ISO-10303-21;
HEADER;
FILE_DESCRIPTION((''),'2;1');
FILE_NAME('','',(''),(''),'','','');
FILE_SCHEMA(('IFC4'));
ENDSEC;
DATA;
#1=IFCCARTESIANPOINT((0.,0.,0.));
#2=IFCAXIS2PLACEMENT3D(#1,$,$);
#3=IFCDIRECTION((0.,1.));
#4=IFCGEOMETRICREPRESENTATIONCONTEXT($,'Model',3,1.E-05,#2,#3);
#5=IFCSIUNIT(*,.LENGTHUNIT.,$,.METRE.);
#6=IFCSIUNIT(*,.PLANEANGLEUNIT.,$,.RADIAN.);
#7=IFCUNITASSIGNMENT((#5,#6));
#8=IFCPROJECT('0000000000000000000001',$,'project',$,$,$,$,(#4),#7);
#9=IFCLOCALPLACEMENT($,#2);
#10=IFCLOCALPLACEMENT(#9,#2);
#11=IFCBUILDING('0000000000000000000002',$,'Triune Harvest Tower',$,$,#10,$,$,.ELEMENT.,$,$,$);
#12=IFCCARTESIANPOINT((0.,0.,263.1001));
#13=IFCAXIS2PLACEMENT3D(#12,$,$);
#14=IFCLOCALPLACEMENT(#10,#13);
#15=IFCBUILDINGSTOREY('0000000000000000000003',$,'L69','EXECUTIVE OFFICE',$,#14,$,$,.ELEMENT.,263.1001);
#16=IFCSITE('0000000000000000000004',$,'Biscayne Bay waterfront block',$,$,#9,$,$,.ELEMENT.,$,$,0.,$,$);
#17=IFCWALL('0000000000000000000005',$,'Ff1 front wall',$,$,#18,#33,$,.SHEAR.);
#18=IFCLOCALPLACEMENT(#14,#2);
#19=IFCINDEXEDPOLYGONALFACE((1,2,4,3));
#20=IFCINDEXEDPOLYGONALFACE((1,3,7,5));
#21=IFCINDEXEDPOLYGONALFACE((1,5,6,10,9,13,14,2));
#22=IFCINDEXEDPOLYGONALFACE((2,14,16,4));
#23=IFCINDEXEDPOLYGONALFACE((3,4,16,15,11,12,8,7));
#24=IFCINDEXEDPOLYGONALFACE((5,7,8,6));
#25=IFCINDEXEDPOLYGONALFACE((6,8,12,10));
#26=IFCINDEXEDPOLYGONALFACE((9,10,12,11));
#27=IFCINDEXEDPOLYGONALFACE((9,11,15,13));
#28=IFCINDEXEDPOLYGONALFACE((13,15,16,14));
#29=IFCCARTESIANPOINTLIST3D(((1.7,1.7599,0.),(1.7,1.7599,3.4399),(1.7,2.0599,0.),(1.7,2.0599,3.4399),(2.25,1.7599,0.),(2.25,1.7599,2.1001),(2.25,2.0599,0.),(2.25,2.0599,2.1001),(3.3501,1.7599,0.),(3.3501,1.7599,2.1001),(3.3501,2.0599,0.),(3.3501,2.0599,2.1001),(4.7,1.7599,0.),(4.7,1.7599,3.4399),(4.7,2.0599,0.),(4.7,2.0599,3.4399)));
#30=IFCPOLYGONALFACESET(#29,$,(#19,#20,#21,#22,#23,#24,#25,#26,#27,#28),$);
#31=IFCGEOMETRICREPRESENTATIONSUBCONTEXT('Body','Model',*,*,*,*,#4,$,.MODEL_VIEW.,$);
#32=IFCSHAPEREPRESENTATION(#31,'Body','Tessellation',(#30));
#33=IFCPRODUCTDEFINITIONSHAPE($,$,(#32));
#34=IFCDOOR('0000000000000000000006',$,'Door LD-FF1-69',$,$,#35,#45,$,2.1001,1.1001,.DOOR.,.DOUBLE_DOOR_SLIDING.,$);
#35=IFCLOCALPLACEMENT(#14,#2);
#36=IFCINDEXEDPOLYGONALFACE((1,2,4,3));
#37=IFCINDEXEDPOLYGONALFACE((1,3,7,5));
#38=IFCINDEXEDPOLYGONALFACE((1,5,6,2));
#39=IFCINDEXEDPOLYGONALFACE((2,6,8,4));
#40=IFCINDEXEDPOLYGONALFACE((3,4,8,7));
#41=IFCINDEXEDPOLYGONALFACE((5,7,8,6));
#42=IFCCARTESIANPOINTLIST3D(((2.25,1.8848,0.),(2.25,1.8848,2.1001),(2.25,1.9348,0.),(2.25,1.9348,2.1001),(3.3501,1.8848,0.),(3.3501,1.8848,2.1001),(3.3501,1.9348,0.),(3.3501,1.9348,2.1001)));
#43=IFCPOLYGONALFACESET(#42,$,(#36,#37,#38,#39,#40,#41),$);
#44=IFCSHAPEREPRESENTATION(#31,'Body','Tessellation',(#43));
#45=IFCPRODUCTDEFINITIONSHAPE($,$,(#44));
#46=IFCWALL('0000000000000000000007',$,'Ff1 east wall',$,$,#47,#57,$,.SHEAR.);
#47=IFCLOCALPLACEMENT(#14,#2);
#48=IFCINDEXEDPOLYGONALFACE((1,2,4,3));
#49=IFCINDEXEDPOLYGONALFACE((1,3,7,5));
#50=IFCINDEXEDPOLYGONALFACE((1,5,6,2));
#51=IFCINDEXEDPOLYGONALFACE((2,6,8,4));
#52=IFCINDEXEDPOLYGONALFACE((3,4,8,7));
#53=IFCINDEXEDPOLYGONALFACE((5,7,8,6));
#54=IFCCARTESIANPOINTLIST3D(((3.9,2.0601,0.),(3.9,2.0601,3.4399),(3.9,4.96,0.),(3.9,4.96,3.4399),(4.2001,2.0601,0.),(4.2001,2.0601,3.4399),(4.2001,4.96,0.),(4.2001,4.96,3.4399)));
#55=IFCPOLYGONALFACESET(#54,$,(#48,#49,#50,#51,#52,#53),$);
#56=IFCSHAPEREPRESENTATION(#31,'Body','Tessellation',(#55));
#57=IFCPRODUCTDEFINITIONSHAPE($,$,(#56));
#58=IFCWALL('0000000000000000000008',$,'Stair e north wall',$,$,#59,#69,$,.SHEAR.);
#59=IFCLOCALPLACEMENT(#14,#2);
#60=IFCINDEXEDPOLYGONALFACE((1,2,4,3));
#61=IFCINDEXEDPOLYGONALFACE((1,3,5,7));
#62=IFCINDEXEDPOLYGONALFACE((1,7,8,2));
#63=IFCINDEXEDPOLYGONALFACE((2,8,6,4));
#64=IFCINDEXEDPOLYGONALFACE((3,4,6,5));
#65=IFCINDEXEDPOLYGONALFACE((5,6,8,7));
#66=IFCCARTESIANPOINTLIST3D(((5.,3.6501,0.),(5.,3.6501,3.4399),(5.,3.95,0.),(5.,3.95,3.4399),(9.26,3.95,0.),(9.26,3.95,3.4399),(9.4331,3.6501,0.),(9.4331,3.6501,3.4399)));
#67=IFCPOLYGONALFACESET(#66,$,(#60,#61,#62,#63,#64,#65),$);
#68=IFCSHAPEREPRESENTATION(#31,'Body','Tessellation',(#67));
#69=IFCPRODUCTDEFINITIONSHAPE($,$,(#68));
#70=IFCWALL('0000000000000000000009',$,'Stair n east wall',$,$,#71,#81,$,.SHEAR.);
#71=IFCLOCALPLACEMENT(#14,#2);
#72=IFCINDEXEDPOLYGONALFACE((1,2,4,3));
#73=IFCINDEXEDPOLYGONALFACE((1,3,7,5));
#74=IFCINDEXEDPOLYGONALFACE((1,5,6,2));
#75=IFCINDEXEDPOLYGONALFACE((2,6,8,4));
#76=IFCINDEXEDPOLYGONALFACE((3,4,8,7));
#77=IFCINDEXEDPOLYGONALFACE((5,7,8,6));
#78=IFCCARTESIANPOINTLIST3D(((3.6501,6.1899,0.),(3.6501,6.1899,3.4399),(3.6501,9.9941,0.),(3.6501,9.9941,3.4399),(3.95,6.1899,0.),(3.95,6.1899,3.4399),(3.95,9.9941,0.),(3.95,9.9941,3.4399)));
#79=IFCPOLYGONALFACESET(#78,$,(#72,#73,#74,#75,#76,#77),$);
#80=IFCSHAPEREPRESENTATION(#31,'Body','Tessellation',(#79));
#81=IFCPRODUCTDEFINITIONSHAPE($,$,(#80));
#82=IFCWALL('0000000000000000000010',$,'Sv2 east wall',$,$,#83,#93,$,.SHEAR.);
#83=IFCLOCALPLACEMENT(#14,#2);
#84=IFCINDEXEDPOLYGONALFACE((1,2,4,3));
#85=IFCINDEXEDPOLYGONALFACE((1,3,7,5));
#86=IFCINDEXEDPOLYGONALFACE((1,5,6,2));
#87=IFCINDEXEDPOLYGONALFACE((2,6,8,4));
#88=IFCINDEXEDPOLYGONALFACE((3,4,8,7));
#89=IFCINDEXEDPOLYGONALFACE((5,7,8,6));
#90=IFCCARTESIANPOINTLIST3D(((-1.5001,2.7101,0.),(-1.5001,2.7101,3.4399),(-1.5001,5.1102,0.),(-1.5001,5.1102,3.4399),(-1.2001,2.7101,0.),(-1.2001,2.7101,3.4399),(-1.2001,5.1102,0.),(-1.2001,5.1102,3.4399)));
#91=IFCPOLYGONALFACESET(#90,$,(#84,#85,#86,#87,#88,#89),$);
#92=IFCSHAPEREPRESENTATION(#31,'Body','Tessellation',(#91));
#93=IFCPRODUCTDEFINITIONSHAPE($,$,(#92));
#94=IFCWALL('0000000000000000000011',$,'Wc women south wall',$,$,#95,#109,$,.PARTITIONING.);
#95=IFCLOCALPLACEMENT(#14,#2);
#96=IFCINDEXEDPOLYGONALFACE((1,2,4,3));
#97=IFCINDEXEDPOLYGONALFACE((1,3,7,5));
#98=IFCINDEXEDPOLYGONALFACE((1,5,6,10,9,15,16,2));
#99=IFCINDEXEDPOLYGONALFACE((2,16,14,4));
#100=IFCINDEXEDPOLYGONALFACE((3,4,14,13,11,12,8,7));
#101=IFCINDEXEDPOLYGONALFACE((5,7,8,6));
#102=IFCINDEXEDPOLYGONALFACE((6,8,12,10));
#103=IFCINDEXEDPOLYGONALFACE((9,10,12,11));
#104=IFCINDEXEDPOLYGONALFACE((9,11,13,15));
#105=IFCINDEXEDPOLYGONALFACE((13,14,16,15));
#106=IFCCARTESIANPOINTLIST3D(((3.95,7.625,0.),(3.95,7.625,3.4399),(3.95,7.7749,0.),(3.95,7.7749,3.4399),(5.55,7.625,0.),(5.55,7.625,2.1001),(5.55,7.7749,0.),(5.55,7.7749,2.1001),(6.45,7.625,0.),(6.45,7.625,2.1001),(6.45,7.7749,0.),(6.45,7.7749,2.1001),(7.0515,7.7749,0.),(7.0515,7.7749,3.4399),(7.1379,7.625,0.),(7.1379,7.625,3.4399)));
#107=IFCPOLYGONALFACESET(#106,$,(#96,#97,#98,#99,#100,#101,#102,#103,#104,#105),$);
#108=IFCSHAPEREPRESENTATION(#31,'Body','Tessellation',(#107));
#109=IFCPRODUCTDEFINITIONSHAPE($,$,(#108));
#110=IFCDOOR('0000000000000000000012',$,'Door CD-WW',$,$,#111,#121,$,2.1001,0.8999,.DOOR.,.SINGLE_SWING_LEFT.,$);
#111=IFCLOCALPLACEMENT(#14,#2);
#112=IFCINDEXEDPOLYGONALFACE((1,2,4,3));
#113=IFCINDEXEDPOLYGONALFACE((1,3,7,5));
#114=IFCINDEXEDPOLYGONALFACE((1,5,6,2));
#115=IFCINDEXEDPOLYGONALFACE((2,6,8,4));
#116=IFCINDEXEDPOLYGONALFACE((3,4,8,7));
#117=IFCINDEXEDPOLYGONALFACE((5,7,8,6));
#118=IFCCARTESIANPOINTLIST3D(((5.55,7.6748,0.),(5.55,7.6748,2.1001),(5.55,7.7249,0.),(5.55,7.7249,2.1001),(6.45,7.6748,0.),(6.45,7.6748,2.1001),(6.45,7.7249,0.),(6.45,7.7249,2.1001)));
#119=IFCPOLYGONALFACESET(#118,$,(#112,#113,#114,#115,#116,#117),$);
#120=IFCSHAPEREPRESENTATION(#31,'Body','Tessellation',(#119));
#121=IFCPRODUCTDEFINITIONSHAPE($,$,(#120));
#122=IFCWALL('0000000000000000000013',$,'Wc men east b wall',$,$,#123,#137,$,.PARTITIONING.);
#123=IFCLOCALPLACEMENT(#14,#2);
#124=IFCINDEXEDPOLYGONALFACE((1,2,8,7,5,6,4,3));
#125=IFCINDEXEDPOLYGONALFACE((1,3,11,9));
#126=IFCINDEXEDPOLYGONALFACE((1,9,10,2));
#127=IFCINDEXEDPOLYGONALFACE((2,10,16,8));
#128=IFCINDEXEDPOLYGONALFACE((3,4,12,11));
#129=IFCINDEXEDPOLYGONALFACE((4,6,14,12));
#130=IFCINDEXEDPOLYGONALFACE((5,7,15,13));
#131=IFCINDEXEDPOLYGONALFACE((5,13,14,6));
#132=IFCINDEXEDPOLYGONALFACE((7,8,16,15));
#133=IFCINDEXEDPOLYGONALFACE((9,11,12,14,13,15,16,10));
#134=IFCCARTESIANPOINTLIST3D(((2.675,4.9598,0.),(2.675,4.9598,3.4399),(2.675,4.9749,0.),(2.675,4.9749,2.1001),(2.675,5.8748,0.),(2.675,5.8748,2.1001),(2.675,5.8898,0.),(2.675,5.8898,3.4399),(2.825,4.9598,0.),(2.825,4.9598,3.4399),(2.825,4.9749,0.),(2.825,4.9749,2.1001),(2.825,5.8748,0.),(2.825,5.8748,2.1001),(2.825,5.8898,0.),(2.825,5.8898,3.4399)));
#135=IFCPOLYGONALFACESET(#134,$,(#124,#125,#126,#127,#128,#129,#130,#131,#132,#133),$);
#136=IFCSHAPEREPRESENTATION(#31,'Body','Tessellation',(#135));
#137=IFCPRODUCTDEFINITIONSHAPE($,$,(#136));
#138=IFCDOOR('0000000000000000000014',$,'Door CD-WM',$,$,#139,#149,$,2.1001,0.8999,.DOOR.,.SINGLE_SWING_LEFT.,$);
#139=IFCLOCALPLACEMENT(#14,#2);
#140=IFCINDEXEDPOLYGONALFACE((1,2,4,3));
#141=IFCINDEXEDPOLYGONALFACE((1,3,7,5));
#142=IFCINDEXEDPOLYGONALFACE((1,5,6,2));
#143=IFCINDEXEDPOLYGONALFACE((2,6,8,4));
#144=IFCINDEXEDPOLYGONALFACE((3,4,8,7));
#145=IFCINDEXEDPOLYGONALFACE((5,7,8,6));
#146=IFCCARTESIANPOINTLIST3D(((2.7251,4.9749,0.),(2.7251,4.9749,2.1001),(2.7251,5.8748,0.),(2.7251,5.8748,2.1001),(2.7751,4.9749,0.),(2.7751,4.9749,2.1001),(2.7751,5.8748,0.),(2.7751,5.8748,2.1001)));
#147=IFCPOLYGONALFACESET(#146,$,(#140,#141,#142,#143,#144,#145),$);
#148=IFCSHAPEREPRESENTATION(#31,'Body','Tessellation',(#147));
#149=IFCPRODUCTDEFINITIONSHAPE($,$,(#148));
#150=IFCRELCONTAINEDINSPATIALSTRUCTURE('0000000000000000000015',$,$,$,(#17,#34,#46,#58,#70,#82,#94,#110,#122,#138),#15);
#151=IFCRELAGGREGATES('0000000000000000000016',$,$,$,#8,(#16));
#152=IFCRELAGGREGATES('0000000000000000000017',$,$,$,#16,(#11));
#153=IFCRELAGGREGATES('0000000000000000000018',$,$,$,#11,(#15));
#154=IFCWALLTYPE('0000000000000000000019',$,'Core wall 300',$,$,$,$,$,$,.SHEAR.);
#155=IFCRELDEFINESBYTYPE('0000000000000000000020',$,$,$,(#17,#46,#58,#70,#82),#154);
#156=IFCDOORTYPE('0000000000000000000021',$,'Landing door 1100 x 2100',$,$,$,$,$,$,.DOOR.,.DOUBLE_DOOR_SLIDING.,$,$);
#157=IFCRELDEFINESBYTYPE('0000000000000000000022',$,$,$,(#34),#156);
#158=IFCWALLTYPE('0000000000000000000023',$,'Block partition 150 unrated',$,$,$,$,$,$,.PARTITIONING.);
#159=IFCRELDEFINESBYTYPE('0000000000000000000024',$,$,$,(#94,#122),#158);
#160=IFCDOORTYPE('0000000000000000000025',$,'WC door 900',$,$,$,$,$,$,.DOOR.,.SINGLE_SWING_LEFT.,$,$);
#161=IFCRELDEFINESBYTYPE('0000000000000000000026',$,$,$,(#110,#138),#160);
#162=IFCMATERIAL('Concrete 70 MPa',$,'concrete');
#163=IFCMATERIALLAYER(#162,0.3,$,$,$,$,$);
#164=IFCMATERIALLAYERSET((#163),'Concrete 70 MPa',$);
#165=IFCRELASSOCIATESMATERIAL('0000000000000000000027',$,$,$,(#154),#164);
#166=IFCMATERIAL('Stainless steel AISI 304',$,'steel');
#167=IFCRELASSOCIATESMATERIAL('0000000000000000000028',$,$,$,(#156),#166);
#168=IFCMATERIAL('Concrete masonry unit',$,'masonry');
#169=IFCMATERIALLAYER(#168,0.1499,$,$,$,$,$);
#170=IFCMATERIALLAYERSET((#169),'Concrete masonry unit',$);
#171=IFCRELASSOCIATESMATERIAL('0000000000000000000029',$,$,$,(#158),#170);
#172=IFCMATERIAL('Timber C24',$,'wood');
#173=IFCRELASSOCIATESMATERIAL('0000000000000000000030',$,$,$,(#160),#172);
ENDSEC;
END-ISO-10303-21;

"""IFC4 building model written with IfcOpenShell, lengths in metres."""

from ifc_helpers import new_model, si_unit, direction, frame, frame_2d, origin, place, context, subcontext, project, spatial, polyline, rectangle, outline, extrude, source, transform, mapped, material, layer, layer_set, type_object, element, fill, save


model = new_model("IFC4")

# Units and contexts
model_context = context("Model", 3, precision=1e-05, world=origin(), true_north=direction((0.0, 1.0)))
body_context = subcontext(model_context, "Body", "Model", "MODEL_VIEW")
ifc_project = project(units=[si_unit("LENGTHUNIT", "METRE"), si_unit("PLANEANGLEUNIT", "RADIAN")], contexts=[model_context])

# Site, building, storey
site_placement = place(None, origin())
site = spatial("IfcSite", under=ifc_project, at=site_placement, Name="Biscayne Bay waterfront block", CompositionType="ELEMENT", RefElevation=0.0)
building_placement = place(site_placement, origin())
building = spatial("IfcBuilding", under=site, at=building_placement, Name="Triune Harvest Tower", CompositionType="ELEMENT")
storey_placement = place(building_placement, frame((0.0, 0.0, 263.1001)))
storey = spatial("IfcBuildingStorey", under=building, at=storey_placement, Name="L69", Description="EXECUTIVE OFFICE", CompositionType="ELEMENT", Elevation=263.1001)

# Shared definitions
ifc_material_1 = material(Name="Concrete 70 MPa", Category="concrete")
ifc_layer_1 = layer(ifc_material_1, 0.3)
ifc_layer_set_1 = layer_set([ifc_layer_1], Name="Concrete 70 MPa")
wall_type_1 = type_object("IfcWallType", Name="Core wall 300", PredefinedType="SHEAR", material=ifc_layer_set_1)

# Wall, opening, door
shared_shape_1 = source(origin(), body_context, "Body", "SweptSolid", [
    extrude(rectangle(XDim=3.0, YDim=0.3, at=frame_2d((1.5, 0.0))), origin(), (0.0, 0.0, 1.0), 3.4399),
])
wall_1_placement = place(storey_placement, frame((1.7, 1.9099, 0.0), z_axis=(0.0, 0.0, 1.0), x_axis=(1.0, 0.0, 0.0)))
wall_1 = element("IfcWall", 1, at=wall_1_placement, inside=storey, type_object=wall_type_1, Name="Ff1 front wall", PredefinedType="SHEAR", context=body_context, shape_type="MappedRepresentation", body=[
    mapped(shared_shape_1, transform((0.0, 0.0, 0.0), scale=1.0)),
])
opening_1_placement = place(wall_1_placement, frame((0.55, 0.0, 0.0)))
opening_1 = element("IfcOpeningElement", 2, at=opening_1_placement, cuts=wall_1, PredefinedType="OPENING", context=body_context, shape_type="SweptSolid", body=[
    extrude(rectangle(XDim=1.1001, YDim=2.1001, at=frame_2d((0.55, 1.05))), frame((0.0, 0.1602, 0.0), z_axis=(0.0, -1.0, 0.0), x_axis=(1.0, 0.0, 0.0)), (0.0, 0.0, 1.0), 0.3201),
])
ifc_material_2 = material(Name="Stainless steel AISI 304", Category="steel")
door_type_1 = type_object("IfcDoorType", Name="Landing door 1100 x 2100", OperationType="DOUBLE_DOOR_SLIDING", PredefinedType="DOOR", material=ifc_material_2)
door_1_placement = place(opening_1_placement, origin())
door_1 = element("IfcDoor", 3, at=door_1_placement, inside=storey, type_object=door_type_1, Name="Door LD-FF1-69", OperationType="DOUBLE_DOOR_SLIDING", OverallHeight=2.1001, OverallWidth=1.1001, PredefinedType="DOOR", context=body_context, shape_type="SweptSolid", body=[
    extrude(rectangle(XDim=1.1001, YDim=2.1001, at=frame_2d((0.55, 1.05))), frame((0.0, 0.0249, 0.0), z_axis=(0.0, -1.0, 0.0), x_axis=(1.0, 0.0, 0.0)), (0.0, 0.0, 1.0), 0.05),
])
fill(opening_1, door_1)

# Walls
shared_shape_2 = source(origin(), body_context, "Body", "SweptSolid", [
    extrude(rectangle(XDim=2.8999, YDim=0.3, at=frame_2d((1.45, 0.0))), origin(), (0.0, 0.0, 1.0), 3.4399),
])
wall_2_placement = place(storey_placement, frame((4.05, 2.0601, 0.0), z_axis=(0.0, 0.0, 1.0), x_axis=(0.0, 1.0, 0.0)))
element("IfcWall", 4, at=wall_2_placement, inside=storey, type_object=wall_type_1, Name="Ff1 east wall", PredefinedType="SHEAR", context=body_context, shape_type="MappedRepresentation", body=[
    mapped(shared_shape_2, transform((0.0, 0.0, 0.0), scale=1.0)),
])
shared_shape_3 = source(origin(), body_context, "Body", "SweptSolid", [
    extrude(outline(polyline([(0.0, -0.1499), (0.0, 0.1499), (4.26, 0.1499), (4.4331, -0.1499), (0.0, -0.1499)])), origin(), (0.0, 0.0, 1.0), 3.4399),
])
wall_3_placement = place(storey_placement, frame((5.0, 3.8, 0.0), z_axis=(0.0, 0.0, 1.0), x_axis=(1.0, 0.0, 0.0)))
element("IfcWall", 5, at=wall_3_placement, inside=storey, type_object=wall_type_1, Name="Stair e north wall", PredefinedType="SHEAR", context=body_context, shape_type="MappedRepresentation", body=[
    mapped(shared_shape_3, transform((0.0, 0.0, 0.0), scale=1.0)),
])
shared_shape_4 = source(origin(), body_context, "Body", "SweptSolid", [
    extrude(outline(polyline([(0.0, -0.1499), (0.0, 0.1499), (3.8042, 0.1499), (3.8042, -0.1499), (0.0, -0.1499)])), origin(), (0.0, 0.0, 1.0), 3.4399),
])
wall_4_placement = place(storey_placement, frame((3.8, 6.1899, 0.0), z_axis=(0.0, 0.0, 1.0), x_axis=(0.0, 1.0, 0.0)))
element("IfcWall", 6, at=wall_4_placement, inside=storey, type_object=wall_type_1, Name="Stair n east wall", PredefinedType="SHEAR", context=body_context, shape_type="MappedRepresentation", body=[
    mapped(shared_shape_4, transform((0.0, 0.0, 0.0), scale=1.0)),
])
shared_shape_5 = source(origin(), body_context, "Body", "SweptSolid", [
    extrude(rectangle(XDim=2.4001, YDim=0.3, at=frame_2d((1.2002, 0.0))), origin(), (0.0, 0.0, 1.0), 3.4399),
])
wall_5_placement = place(storey_placement, frame((-1.3501, 2.71, 0.0), z_axis=(0.0, 0.0, 1.0), x_axis=(0.0, 1.0, 0.0)))
element("IfcWall", 7, at=wall_5_placement, inside=storey, type_object=wall_type_1, Name="Sv2 east wall", PredefinedType="SHEAR", context=body_context, shape_type="MappedRepresentation", body=[
    mapped(shared_shape_5, transform((0.0, 0.0, 0.0), scale=1.0)),
])

# Walls, openings, doors
ifc_material_3 = material(Name="Concrete masonry unit", Category="masonry")
ifc_layer_2 = layer(ifc_material_3, 0.1499)
ifc_layer_set_2 = layer_set([ifc_layer_2], Name="Concrete masonry unit")
wall_type_2 = type_object("IfcWallType", Name="Block partition 150 unrated", PredefinedType="PARTITIONING", material=ifc_layer_set_2)
shared_shape_6 = source(origin(), body_context, "Body", "SweptSolid", [
    extrude(outline(polyline([(0.0, -0.075), (0.0, 0.075), (3.1016, 0.075), (3.188, -0.075), (0.0, -0.075)])), origin(), (0.0, 0.0, 1.0), 3.4399),
])
wall_6_placement = place(storey_placement, frame((3.95, 7.7, 0.0), z_axis=(0.0, 0.0, 1.0), x_axis=(1.0, 0.0, 0.0)))
wall_6 = element("IfcWall", 8, at=wall_6_placement, inside=storey, type_object=wall_type_2, Name="Wc women south wall", PredefinedType="PARTITIONING", context=body_context, shape_type="MappedRepresentation", body=[
    mapped(shared_shape_6, transform((0.0, 0.0, 0.0), scale=1.0)),
])
opening_2_placement = place(wall_6_placement, frame((1.6001, 0.0, 0.0)))
opening_2 = element("IfcOpeningElement", 9, at=opening_2_placement, cuts=wall_6, PredefinedType="OPENING", context=body_context, shape_type="SweptSolid", body=[
    extrude(rectangle(XDim=0.8999, YDim=2.1001, at=frame_2d((0.45, 1.05))), frame((0.0, 0.085, 0.0), z_axis=(0.0, -1.0, 0.0), x_axis=(1.0, 0.0, 0.0)), (0.0, 0.0, 1.0), 0.1699),
])
ifc_material_4 = material(Name="Timber C24", Category="wood")
door_type_2 = type_object("IfcDoorType", Name="WC door 900", OperationType="SINGLE_SWING_LEFT", PredefinedType="DOOR", material=ifc_material_4)
door_2_placement = place(opening_2_placement, origin())
door_2 = element("IfcDoor", 10, at=door_2_placement, inside=storey, type_object=door_type_2, Name="Door CD-WW", OperationType="SINGLE_SWING_LEFT", OverallHeight=2.1001, OverallWidth=0.8999, PredefinedType="DOOR", context=body_context, shape_type="SweptSolid", body=[
    extrude(rectangle(XDim=0.8999, YDim=2.1001, at=frame_2d((0.45, 1.05))), frame((0.0, 0.0249, 0.0), z_axis=(0.0, -1.0, 0.0), x_axis=(1.0, 0.0, 0.0)), (0.0, 0.0, 1.0), 0.05),
])
fill(opening_2, door_2)
shared_shape_7 = source(origin(), body_context, "Body", "SweptSolid", [
    extrude(rectangle(XDim=0.9299, YDim=0.1499, at=frame_2d((0.4648, 0.0))), origin(), (0.0, 0.0, 1.0), 3.4399),
])
wall_7_placement = place(storey_placement, frame((2.75, 4.96, 0.0), z_axis=(0.0, 0.0, 1.0), x_axis=(0.0, 1.0, 0.0)))
wall_7 = element("IfcWall", 11, at=wall_7_placement, inside=storey, type_object=wall_type_2, Name="Wc men east b wall", PredefinedType="PARTITIONING", context=body_context, shape_type="MappedRepresentation", body=[
    mapped(shared_shape_7, transform((0.0, 0.0, 0.0), scale=1.0)),
])
opening_3_placement = place(wall_7_placement, frame((0.0149, 0.0, 0.0)))
opening_3 = element("IfcOpeningElement", 12, at=opening_3_placement, cuts=wall_7, PredefinedType="OPENING", context=body_context, shape_type="SweptSolid", body=[
    extrude(rectangle(XDim=0.8999, YDim=2.1001, at=frame_2d((0.45, 1.05))), frame((0.0, 0.085, 0.0), z_axis=(0.0, -1.0, 0.0), x_axis=(1.0, 0.0, 0.0)), (0.0, 0.0, 1.0), 0.1699),
])
door_3_placement = place(opening_3_placement, origin())
door_3 = element("IfcDoor", 13, at=door_3_placement, inside=storey, type_object=door_type_2, Name="Door CD-WM", OperationType="SINGLE_SWING_LEFT", OverallHeight=2.1001, OverallWidth=0.8999, PredefinedType="DOOR", context=body_context, shape_type="SweptSolid", body=[
    extrude(rectangle(XDim=0.8999, YDim=2.1001, at=frame_2d((0.45, 1.05))), frame((0.0, 0.0249, 0.0), z_axis=(0.0, -1.0, 0.0), x_axis=(1.0, 0.0, 0.0)), (0.0, 0.0, 1.0), 0.05),
])
fill(opening_3, door_3)

save(model, "model.ifc")
